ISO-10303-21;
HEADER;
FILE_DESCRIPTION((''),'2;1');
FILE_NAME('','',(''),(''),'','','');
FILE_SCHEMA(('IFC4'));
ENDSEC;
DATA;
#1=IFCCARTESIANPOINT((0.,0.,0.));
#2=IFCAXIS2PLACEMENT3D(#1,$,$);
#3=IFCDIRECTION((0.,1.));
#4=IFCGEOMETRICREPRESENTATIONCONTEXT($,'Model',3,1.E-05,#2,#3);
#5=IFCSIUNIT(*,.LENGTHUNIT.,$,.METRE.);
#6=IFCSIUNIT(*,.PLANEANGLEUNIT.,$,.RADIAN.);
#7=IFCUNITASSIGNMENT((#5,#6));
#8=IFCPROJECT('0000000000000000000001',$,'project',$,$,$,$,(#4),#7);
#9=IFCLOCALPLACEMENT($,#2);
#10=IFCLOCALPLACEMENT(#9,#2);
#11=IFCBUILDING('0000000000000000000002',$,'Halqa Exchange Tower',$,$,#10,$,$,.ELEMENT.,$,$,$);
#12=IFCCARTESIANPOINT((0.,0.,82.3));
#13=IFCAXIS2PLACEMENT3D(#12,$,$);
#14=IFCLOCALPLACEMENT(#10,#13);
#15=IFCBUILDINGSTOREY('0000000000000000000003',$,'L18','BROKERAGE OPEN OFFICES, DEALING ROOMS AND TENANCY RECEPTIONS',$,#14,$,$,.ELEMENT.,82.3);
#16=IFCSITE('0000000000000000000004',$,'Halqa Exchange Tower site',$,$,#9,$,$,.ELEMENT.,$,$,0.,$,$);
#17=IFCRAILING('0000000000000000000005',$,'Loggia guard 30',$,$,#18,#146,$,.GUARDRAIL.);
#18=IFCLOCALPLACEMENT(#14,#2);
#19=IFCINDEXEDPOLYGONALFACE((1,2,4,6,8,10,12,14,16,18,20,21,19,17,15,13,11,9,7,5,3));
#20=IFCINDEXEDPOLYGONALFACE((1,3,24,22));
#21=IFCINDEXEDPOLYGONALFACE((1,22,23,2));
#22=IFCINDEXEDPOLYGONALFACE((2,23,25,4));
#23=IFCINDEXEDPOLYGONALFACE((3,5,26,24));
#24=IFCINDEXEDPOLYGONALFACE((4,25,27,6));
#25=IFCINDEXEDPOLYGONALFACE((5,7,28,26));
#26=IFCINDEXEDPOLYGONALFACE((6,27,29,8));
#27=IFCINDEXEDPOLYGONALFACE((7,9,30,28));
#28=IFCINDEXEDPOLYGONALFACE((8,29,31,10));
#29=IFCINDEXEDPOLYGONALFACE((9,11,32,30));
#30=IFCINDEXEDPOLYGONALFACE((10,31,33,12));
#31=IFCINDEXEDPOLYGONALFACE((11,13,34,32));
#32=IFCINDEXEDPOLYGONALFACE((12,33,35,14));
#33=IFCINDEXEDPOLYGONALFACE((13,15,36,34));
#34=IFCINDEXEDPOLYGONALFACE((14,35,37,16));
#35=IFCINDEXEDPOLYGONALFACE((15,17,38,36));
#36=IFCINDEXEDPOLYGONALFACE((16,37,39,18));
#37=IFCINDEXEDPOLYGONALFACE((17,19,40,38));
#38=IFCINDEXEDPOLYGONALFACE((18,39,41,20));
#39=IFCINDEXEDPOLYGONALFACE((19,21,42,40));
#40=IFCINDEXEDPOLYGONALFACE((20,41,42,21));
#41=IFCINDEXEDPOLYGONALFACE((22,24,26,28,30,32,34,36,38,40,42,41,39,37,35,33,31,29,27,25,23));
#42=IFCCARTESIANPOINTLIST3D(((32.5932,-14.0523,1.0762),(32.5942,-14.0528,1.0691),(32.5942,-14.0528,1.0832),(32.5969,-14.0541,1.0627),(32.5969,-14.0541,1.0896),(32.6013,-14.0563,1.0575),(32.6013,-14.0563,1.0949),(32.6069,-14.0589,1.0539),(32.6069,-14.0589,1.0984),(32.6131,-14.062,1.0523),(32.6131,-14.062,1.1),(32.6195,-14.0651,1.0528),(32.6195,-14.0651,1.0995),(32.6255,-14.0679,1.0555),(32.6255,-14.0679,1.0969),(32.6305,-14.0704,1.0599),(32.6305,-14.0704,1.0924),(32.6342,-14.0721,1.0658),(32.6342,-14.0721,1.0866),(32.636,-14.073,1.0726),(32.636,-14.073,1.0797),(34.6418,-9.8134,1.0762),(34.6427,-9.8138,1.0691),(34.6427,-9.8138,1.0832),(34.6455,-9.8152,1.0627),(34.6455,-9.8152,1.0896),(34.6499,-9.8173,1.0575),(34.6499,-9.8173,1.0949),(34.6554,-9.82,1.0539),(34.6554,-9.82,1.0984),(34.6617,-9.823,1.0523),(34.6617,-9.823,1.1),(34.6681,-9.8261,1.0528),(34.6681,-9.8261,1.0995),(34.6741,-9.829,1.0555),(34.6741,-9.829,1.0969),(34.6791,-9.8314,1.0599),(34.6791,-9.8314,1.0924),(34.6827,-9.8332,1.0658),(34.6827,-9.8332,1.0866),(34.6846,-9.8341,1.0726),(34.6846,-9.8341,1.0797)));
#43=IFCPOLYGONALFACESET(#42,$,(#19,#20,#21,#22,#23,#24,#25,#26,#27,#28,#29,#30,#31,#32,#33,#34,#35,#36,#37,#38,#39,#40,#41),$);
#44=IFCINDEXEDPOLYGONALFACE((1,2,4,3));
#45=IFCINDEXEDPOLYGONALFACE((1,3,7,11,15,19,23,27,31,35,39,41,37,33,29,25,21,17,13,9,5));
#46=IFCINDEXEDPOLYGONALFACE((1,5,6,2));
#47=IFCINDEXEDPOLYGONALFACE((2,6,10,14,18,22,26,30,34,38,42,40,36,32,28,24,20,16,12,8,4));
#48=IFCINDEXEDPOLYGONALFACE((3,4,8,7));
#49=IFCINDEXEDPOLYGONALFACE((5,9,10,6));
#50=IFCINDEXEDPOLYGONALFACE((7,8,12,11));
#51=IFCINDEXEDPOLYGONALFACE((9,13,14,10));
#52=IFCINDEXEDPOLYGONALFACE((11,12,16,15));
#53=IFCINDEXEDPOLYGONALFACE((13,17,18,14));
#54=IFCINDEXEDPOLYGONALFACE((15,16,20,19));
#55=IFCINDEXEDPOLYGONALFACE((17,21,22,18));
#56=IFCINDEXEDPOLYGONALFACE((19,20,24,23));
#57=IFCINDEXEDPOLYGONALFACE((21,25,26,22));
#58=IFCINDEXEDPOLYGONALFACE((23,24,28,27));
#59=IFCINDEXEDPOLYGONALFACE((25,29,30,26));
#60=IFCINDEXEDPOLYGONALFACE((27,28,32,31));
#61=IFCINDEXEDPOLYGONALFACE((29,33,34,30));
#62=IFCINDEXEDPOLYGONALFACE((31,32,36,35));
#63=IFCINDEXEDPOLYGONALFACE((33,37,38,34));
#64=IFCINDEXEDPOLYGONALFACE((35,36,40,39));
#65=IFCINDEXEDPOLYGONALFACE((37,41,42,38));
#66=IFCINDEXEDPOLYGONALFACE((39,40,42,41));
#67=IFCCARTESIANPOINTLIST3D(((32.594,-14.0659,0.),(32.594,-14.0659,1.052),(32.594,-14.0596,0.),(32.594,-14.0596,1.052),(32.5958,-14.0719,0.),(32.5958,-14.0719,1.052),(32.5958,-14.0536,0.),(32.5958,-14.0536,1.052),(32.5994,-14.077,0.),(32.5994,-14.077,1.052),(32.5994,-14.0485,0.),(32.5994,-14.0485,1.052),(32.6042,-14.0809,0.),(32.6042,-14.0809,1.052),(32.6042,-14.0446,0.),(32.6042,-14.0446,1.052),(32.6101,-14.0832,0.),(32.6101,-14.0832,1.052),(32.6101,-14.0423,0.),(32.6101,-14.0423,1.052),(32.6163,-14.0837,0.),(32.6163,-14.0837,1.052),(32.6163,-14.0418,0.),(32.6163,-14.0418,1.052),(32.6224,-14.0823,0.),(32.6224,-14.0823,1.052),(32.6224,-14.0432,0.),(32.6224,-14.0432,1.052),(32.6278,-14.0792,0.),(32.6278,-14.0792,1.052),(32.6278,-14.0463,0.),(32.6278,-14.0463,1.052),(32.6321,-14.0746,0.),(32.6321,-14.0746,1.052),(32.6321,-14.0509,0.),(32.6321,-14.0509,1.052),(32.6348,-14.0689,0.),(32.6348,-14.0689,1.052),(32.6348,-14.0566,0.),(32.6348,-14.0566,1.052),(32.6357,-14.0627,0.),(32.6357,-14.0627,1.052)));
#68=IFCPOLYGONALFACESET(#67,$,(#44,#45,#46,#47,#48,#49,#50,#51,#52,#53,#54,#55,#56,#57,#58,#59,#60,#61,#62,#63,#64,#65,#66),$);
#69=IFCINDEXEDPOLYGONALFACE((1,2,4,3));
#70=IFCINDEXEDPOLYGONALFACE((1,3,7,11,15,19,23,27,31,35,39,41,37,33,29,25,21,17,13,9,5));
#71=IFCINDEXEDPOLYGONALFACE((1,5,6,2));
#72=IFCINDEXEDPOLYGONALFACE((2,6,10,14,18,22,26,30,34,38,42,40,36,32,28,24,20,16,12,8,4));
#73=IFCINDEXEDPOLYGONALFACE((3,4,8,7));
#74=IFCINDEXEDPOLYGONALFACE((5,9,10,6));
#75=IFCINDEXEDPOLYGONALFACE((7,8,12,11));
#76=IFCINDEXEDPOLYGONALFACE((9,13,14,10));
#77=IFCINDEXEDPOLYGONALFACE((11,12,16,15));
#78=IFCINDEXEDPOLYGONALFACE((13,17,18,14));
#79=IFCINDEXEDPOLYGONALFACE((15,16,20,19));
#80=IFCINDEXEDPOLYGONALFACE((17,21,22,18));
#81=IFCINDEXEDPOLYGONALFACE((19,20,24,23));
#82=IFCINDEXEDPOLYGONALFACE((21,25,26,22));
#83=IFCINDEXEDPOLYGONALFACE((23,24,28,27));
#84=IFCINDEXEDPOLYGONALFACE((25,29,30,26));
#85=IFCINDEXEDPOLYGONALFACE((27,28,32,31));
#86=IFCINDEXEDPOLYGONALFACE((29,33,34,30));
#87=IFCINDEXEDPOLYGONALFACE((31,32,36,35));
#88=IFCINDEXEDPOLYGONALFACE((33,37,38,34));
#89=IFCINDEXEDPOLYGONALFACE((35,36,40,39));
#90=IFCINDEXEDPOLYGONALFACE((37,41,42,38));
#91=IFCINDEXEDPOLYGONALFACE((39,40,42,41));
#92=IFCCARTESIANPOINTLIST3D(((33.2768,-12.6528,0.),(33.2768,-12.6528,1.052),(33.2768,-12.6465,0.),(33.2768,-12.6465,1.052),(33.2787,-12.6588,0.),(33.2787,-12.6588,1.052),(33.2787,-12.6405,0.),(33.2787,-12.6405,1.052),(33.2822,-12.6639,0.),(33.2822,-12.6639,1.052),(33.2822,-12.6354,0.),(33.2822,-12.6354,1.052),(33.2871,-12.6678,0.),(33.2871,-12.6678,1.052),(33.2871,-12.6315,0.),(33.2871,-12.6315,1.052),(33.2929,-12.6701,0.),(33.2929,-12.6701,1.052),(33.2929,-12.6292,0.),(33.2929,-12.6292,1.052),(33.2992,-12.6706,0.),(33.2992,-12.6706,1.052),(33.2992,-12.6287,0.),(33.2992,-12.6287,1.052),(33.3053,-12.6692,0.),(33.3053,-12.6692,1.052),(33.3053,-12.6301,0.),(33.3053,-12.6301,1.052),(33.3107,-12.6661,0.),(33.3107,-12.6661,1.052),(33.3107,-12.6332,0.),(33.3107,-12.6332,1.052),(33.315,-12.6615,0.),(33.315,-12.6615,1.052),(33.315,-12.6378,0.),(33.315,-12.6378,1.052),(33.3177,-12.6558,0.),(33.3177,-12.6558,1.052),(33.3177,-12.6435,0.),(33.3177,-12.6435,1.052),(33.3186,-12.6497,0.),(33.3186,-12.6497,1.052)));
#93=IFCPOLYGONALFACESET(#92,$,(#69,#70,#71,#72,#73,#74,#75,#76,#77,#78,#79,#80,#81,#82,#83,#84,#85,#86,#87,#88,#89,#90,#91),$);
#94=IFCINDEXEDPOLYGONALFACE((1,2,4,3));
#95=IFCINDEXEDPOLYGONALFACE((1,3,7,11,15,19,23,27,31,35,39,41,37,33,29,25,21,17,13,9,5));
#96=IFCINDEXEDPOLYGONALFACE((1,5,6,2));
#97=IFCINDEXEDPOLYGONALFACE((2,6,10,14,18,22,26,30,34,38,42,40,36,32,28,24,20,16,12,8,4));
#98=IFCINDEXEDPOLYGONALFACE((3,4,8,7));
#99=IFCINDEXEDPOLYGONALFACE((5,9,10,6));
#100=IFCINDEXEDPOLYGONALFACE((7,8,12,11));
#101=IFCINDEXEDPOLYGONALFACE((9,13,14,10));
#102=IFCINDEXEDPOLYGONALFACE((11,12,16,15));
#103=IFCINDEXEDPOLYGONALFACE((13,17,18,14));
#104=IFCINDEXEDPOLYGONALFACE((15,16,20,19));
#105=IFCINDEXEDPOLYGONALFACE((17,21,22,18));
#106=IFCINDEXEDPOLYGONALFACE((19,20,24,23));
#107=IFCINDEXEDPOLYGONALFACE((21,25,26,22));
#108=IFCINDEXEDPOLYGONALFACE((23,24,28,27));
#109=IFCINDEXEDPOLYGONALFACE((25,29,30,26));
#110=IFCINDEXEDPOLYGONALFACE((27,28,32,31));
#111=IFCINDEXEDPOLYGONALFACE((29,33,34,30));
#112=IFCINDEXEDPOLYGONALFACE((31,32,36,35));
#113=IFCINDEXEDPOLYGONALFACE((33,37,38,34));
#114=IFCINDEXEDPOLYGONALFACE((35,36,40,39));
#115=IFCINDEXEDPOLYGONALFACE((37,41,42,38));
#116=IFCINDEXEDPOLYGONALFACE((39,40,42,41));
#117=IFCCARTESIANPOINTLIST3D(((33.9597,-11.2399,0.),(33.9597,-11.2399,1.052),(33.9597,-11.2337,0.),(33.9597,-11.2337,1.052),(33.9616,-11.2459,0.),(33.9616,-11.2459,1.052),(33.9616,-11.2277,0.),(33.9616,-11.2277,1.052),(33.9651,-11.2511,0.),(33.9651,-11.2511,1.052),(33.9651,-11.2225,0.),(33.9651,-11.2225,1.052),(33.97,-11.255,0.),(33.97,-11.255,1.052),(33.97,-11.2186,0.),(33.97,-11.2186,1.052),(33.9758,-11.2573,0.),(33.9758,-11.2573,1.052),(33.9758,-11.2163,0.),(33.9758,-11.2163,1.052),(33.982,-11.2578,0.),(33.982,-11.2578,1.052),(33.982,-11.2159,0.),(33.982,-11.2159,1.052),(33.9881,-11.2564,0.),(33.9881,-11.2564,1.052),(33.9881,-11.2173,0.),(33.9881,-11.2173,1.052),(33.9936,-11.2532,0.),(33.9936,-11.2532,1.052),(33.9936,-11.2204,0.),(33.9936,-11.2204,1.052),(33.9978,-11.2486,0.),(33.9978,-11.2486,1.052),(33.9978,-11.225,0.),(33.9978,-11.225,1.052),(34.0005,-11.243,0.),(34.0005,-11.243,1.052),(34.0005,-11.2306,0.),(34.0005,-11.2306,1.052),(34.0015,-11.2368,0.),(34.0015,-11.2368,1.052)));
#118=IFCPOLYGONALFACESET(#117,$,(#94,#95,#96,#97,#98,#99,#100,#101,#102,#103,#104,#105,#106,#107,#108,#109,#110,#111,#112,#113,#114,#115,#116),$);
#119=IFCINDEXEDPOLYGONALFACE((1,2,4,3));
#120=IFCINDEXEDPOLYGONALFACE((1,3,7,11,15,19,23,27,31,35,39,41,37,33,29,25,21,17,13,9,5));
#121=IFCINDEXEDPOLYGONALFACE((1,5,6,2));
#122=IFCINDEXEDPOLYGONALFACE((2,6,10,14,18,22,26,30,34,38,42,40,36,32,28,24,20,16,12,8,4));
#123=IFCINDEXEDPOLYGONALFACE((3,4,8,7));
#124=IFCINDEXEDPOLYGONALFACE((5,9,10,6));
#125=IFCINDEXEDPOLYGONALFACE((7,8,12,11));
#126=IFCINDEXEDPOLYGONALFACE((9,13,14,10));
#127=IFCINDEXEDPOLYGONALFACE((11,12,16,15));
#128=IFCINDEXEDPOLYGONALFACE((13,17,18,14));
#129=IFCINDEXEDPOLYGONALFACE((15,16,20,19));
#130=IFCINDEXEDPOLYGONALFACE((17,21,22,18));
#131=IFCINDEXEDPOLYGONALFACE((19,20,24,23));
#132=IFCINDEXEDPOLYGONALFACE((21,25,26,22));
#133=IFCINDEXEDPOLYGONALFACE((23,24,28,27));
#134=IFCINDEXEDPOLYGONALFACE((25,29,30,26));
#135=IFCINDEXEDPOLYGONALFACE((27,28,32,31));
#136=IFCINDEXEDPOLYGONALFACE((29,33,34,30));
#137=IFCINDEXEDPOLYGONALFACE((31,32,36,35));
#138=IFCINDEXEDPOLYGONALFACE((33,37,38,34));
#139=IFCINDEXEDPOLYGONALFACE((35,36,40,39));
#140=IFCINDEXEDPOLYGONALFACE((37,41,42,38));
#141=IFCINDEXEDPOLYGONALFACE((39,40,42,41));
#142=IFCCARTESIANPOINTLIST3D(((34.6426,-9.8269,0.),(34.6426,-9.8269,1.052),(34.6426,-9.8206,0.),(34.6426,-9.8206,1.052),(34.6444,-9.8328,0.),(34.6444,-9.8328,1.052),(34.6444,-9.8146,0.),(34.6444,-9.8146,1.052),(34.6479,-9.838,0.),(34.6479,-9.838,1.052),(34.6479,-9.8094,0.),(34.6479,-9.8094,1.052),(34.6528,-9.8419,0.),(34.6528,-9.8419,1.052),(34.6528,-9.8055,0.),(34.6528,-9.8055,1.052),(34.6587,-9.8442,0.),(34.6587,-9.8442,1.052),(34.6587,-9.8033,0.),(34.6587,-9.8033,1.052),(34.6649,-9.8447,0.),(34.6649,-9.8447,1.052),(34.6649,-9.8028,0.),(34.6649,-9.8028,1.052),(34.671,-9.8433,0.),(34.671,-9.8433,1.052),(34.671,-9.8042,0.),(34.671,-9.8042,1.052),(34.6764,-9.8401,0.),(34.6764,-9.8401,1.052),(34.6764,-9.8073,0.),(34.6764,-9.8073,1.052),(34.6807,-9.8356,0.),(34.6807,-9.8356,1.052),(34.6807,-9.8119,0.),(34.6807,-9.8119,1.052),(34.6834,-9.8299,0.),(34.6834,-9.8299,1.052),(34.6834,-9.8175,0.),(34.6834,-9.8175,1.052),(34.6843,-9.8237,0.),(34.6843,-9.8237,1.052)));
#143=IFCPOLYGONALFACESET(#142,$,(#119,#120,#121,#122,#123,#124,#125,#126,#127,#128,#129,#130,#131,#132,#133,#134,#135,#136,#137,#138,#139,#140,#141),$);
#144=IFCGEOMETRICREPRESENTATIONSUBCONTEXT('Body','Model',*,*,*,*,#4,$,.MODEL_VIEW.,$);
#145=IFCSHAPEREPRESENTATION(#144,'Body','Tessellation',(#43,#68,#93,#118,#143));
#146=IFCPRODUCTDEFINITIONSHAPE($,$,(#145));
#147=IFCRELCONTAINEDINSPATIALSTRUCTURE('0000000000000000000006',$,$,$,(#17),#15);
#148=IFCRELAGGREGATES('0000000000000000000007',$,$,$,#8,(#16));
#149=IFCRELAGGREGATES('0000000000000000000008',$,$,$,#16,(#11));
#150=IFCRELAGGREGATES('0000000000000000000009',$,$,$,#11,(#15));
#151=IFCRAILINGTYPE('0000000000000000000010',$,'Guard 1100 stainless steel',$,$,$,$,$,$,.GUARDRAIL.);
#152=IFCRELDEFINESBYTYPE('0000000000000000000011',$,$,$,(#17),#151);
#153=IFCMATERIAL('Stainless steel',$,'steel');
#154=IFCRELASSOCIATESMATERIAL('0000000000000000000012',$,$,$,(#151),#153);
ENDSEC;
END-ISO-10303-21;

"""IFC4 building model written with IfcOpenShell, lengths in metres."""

from ifc_helpers import new_model, si_unit, direction, frame, origin, origin_2d, place, context, subcontext, project, spatial, circle, extrude, material, type_object, element, save


model = new_model("IFC4")

# Units and contexts
model_context = context("Model", 3, precision=1e-05, world=origin(), true_north=direction((0.0, 1.0)))
body_context = subcontext(model_context, "Body", "Model", "MODEL_VIEW")
ifc_project = project(units=[si_unit("LENGTHUNIT", "METRE"), si_unit("PLANEANGLEUNIT", "RADIAN")], contexts=[model_context])

# Site, building, storey
site_placement = place(None, origin())
site = spatial("IfcSite", under=ifc_project, at=site_placement, Name="Halqa Exchange Tower site", CompositionType="ELEMENT", RefElevation=0.0)
building_placement = place(site_placement, origin())
building = spatial("IfcBuilding", under=site, at=building_placement, Name="Halqa Exchange Tower", CompositionType="ELEMENT")
storey_placement = place(building_placement, frame((0.0, 0.0, 82.3)))
storey = spatial("IfcBuildingStorey", under=building, at=storey_placement, Name="L18", Description="BROKERAGE OPEN OFFICES, DEALING ROOMS AND TENANCY RECEPTIONS", CompositionType="ELEMENT", Elevation=82.3)

# Railing
ifc_material_1 = material(Name="Stainless steel", Category="steel")
railing_type = type_object("IfcRailingType", Name="Guard 1100 stainless steel", PredefinedType="GUARDRAIL", material=ifc_material_1)
railing_1_placement = place(storey_placement, frame((32.6147, -14.0627, 0.0)))
element("IfcRailing", 1, at=railing_1_placement, inside=storey, type_object=railing_type, Name="Loggia guard 30", PredefinedType="GUARDRAIL", context=body_context, shape_type="SweptSolid", body=[
    extrude(circle(Radius=0.0239, at=origin_2d()), frame((0.0, 0.0, 1.0762), z_axis=(0.435122, 0.900372, 0.0), x_axis=(-0.900372, 0.435122, 0.0)), (0.0, 0.0, 1.0), 4.708),
    extrude(circle(Radius=0.021, at=origin_2d()), origin(), (0.0, 0.0, 1.0), 1.052),
    extrude(circle(Radius=0.021, at=origin_2d()), frame((0.6829, 1.4131, 0.0)), (0.0, 0.0, 1.0), 1.052),
    extrude(circle(Radius=0.021, at=origin_2d()), frame((1.3657, 2.8259, 0.0)), (0.0, 0.0, 1.0), 1.052),
    extrude(circle(Radius=0.021, at=origin_2d()), frame((2.0486, 4.239, 0.0)), (0.0, 0.0, 1.0), 1.052),
])

save(model, "model.ifc")
